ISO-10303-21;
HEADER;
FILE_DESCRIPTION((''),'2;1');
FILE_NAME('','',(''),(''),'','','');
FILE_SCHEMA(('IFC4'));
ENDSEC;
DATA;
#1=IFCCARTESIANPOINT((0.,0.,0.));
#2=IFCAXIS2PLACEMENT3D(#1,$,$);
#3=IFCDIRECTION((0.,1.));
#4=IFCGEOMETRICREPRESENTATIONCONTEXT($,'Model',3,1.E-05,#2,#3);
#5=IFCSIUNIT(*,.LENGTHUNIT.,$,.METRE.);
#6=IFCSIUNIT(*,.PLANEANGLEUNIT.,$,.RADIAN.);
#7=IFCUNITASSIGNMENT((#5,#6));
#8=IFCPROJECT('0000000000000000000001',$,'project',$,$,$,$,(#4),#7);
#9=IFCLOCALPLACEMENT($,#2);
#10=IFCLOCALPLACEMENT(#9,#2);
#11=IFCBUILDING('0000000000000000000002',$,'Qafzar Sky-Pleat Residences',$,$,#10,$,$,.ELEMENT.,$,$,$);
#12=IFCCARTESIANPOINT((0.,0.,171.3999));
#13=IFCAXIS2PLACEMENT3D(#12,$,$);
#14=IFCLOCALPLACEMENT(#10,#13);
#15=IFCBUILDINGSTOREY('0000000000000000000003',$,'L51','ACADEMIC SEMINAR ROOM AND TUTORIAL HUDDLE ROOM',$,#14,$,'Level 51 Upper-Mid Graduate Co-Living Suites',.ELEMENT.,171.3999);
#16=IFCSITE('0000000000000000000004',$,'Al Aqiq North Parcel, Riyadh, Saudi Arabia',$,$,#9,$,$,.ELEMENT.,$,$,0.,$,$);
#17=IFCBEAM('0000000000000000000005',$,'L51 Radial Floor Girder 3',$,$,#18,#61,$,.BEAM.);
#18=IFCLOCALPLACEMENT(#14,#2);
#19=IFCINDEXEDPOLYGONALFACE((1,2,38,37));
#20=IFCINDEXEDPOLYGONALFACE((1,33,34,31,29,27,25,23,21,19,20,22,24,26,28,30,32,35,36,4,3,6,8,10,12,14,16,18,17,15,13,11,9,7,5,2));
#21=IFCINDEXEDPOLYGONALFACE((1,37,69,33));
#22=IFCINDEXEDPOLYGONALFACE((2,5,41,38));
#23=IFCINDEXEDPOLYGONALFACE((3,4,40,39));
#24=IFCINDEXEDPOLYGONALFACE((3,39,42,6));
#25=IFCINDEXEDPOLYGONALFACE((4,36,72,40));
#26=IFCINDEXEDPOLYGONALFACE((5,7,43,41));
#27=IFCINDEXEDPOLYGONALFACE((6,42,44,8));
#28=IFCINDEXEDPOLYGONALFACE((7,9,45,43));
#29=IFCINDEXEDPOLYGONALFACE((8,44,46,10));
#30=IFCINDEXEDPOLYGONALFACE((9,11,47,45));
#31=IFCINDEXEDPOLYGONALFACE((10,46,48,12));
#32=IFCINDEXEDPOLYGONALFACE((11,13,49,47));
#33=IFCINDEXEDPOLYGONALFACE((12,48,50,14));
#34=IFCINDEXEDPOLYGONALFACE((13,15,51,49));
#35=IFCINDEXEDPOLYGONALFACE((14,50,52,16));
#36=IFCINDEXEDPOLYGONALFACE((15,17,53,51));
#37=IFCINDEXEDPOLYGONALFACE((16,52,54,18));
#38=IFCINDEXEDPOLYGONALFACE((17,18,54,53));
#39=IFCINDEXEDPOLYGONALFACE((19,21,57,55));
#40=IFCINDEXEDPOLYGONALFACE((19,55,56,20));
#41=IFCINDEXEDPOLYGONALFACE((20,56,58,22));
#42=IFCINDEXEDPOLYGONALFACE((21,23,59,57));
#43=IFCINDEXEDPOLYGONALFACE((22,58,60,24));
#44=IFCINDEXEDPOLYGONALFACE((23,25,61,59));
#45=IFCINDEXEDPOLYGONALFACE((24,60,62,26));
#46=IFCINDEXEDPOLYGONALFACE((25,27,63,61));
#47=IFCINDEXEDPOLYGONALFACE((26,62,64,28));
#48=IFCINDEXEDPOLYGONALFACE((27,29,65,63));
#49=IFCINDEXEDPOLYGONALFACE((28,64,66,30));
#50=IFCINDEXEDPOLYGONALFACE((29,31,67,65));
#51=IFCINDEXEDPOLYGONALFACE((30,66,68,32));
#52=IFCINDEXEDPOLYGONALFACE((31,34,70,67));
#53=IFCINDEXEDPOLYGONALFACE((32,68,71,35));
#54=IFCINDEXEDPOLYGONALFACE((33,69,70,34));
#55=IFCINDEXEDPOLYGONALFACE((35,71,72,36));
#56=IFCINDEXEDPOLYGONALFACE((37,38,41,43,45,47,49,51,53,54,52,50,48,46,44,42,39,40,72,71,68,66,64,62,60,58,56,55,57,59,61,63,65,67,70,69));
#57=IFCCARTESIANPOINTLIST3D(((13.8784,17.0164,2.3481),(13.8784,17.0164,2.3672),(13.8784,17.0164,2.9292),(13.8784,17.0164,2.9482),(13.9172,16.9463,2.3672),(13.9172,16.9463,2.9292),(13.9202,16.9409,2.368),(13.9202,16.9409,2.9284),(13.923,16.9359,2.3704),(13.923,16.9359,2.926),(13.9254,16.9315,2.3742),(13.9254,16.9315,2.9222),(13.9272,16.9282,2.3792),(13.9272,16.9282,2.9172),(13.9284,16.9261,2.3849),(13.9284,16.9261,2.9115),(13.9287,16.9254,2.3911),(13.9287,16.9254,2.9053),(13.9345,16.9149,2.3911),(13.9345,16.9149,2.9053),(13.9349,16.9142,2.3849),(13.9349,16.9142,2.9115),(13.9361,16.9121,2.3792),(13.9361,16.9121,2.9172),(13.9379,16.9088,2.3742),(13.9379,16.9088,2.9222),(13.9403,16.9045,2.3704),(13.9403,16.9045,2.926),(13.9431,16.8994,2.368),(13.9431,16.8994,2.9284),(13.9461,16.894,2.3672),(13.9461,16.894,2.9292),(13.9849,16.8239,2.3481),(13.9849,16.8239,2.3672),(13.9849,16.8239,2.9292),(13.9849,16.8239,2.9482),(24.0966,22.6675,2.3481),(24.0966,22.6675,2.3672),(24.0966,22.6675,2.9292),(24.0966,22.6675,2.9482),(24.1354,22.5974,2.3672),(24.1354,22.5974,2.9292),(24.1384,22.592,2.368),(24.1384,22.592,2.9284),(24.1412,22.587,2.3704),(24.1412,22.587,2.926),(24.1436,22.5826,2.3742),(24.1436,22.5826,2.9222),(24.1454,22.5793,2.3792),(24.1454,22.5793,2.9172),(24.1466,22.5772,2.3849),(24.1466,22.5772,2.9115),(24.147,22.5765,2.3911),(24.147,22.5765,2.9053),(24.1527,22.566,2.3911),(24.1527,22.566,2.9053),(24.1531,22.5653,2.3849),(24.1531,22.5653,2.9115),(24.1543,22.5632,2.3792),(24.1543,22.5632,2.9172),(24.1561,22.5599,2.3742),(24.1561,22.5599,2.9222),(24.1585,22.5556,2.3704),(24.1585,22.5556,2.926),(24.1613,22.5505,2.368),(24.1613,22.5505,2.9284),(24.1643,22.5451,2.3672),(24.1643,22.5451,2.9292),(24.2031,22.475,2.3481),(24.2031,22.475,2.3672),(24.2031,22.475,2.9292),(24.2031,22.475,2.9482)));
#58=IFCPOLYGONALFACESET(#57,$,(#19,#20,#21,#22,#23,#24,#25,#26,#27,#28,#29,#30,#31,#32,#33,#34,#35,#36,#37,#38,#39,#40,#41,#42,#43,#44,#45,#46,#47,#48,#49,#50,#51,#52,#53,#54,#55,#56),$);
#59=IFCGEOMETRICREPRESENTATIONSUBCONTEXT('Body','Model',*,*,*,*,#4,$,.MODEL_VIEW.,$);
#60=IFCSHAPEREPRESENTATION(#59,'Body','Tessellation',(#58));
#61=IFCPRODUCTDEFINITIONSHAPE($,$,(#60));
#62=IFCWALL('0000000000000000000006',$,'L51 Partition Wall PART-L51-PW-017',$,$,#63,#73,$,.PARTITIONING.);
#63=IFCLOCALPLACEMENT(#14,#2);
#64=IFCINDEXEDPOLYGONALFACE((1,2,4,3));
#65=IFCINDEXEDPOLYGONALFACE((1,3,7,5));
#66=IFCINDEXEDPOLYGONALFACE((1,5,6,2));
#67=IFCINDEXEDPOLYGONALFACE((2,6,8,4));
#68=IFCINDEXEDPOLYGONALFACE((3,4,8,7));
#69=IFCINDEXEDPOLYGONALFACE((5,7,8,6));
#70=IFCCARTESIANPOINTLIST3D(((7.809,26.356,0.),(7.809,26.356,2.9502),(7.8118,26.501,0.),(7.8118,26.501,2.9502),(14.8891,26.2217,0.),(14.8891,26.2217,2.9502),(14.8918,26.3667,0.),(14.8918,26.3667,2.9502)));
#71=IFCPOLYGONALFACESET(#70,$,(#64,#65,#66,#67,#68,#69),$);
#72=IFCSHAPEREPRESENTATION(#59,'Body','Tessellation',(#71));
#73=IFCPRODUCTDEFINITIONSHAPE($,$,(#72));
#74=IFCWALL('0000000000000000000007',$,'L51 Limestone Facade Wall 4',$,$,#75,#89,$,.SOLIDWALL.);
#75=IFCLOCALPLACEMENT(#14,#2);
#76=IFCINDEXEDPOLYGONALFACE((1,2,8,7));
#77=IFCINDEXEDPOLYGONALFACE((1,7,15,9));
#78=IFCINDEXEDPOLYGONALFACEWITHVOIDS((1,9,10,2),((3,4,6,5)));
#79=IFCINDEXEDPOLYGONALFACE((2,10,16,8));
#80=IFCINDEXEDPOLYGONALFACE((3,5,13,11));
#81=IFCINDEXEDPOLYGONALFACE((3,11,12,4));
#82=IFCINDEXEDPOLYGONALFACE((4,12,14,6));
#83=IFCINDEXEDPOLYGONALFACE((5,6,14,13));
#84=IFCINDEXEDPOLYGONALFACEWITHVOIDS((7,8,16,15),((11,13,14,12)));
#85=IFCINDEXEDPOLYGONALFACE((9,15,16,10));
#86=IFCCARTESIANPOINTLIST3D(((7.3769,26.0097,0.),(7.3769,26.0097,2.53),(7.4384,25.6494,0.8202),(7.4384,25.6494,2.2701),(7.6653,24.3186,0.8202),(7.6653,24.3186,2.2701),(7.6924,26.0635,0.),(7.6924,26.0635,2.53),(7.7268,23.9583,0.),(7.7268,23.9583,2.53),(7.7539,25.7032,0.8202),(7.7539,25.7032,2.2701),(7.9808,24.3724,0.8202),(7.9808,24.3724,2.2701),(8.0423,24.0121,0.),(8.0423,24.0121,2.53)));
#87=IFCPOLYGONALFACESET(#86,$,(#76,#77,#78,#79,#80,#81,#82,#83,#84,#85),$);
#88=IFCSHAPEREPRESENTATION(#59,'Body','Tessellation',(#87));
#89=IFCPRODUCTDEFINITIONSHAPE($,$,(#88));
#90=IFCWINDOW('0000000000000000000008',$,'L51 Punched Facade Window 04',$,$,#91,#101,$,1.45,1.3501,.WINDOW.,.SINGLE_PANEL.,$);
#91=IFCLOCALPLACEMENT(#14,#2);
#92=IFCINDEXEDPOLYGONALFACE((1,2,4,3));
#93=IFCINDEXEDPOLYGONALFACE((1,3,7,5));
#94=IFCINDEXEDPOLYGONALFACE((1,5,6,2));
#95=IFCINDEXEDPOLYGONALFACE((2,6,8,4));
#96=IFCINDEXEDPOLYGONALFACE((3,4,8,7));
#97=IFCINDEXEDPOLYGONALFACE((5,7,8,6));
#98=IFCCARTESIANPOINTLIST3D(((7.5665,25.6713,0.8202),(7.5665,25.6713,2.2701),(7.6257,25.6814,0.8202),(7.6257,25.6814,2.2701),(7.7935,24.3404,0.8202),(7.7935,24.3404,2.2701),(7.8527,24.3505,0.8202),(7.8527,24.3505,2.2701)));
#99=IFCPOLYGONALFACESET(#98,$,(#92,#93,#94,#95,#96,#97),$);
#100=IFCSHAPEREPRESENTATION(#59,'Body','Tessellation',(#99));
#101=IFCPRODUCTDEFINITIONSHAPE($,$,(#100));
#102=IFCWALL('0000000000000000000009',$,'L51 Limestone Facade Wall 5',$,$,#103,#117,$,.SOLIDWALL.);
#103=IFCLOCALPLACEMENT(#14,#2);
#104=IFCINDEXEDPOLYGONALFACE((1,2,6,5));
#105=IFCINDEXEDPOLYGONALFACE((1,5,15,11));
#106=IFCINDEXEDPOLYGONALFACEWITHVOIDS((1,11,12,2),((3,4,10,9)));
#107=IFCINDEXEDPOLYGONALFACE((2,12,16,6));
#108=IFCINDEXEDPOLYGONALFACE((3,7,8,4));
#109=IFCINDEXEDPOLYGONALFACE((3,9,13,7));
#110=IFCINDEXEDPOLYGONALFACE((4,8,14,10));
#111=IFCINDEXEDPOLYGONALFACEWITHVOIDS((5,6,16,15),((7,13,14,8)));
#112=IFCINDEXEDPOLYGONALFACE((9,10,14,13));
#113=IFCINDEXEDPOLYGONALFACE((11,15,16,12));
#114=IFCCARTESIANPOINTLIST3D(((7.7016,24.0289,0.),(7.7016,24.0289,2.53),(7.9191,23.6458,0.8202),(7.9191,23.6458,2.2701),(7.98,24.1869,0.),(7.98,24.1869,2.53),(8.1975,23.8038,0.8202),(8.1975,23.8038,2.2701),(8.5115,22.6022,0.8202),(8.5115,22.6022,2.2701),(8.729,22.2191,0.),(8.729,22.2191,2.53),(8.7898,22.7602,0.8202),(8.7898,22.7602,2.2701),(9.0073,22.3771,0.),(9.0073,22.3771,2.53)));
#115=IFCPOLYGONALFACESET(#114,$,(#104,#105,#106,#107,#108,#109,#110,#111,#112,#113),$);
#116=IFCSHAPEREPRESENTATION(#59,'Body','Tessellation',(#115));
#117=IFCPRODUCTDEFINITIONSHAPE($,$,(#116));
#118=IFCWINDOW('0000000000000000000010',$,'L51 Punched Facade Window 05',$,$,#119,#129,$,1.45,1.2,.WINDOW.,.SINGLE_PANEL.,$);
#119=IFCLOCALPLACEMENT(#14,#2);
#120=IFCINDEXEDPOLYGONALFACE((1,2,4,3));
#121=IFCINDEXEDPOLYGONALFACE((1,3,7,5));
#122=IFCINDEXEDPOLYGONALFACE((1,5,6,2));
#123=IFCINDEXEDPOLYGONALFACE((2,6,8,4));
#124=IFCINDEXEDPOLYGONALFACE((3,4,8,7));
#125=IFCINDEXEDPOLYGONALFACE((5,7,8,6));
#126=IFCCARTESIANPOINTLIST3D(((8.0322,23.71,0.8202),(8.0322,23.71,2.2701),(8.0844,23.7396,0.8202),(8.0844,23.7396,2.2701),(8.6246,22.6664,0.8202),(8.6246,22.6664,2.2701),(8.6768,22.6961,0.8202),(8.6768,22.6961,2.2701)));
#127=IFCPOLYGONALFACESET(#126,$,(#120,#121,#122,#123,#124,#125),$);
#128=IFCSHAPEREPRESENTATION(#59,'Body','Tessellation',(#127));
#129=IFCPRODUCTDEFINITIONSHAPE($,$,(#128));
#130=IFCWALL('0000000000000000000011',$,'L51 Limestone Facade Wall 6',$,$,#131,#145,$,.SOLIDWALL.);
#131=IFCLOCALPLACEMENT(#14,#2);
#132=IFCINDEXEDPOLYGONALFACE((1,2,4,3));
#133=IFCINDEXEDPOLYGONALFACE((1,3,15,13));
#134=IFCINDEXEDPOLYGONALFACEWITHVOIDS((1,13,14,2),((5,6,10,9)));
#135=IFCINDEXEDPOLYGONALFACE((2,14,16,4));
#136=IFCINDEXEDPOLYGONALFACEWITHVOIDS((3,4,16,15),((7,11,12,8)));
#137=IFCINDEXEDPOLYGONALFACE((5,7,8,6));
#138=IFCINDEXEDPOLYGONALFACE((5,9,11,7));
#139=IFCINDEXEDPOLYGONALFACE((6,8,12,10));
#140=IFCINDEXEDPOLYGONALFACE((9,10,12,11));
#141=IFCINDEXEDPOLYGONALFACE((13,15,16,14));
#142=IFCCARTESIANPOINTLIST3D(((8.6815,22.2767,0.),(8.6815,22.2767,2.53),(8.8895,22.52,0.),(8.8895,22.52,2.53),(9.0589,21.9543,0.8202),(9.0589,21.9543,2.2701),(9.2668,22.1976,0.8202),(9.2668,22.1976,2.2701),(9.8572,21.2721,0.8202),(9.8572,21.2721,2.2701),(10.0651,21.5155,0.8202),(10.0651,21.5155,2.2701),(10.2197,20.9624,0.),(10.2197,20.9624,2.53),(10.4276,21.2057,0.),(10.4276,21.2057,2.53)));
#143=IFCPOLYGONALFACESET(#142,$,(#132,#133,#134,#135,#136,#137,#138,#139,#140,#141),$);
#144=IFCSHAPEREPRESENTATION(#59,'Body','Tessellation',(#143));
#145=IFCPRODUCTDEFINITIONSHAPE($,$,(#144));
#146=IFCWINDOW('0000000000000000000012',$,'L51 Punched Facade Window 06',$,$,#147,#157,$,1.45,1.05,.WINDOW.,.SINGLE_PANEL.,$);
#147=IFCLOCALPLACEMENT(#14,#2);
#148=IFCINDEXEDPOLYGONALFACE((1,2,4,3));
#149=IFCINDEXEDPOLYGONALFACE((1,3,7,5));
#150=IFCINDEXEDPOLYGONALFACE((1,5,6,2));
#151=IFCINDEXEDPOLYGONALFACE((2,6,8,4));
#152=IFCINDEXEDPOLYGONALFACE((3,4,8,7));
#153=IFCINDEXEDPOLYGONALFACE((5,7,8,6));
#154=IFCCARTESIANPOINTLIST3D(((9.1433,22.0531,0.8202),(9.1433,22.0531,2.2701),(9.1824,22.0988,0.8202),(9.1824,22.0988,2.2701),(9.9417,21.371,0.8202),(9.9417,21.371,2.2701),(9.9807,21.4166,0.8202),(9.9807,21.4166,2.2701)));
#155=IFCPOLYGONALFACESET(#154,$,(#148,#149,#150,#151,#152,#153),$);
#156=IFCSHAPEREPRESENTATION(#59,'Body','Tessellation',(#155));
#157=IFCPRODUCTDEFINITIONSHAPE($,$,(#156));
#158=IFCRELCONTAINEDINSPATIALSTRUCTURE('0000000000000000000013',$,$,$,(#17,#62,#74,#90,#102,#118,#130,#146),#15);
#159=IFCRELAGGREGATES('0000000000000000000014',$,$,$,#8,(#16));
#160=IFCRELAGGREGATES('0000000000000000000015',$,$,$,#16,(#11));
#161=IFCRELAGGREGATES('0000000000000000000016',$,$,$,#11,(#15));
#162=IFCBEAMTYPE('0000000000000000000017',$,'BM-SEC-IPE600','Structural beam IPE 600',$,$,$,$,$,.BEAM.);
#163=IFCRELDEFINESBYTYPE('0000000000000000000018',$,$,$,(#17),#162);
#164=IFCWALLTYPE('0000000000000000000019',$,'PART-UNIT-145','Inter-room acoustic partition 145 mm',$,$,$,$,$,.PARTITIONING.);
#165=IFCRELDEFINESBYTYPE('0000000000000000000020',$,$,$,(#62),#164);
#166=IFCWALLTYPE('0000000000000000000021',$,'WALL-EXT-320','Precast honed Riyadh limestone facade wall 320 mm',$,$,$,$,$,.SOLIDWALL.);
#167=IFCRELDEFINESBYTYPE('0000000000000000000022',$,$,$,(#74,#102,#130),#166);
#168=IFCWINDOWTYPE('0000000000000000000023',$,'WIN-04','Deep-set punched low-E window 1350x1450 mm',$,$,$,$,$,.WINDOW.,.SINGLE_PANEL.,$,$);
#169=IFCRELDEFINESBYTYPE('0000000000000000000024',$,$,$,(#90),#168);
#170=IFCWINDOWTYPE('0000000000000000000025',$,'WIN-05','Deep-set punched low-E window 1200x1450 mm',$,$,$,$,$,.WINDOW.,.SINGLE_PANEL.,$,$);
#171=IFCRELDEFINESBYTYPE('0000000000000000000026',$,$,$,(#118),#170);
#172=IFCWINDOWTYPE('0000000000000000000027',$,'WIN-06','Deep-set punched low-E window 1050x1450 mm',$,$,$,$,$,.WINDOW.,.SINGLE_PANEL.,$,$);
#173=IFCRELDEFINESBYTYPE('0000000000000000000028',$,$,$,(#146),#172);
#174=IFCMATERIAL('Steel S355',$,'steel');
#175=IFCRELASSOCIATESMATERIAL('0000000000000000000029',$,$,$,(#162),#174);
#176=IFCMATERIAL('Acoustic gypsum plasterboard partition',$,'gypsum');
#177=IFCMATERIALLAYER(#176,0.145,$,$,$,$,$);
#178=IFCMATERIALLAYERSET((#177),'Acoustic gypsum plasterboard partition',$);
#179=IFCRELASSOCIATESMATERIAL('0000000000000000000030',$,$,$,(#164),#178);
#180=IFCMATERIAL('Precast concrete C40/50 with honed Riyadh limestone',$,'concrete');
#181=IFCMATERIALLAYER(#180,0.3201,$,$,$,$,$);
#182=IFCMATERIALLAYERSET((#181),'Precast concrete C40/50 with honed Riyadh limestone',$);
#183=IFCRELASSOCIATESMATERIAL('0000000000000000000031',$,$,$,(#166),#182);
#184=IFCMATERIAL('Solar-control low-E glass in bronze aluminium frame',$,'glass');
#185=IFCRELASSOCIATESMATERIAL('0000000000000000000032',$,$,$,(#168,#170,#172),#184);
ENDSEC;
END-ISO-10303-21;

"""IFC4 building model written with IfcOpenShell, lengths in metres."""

from ifc_helpers import new_model, si_unit, direction, frame, frame_2d, origin, origin_2d, place, context, subcontext, project, spatial, rectangle, i_section, extrude, source, transform, mapped, material, layer, layer_set, material_profile, profile_set, type_object, element, fill, save


model = new_model("IFC4")

# Units and contexts
model_context = context("Model", 3, precision=1e-05, world=origin(), true_north=direction((0.0, 1.0)))
body_context = subcontext(model_context, "Body", "Model", "MODEL_VIEW")
ifc_project = project(units=[si_unit("LENGTHUNIT", "METRE"), si_unit("PLANEANGLEUNIT", "RADIAN")], contexts=[model_context])

# Site, building, storey
site_placement = place(None, origin())
site = spatial("IfcSite", under=ifc_project, at=site_placement, Name="Al Aqiq North Parcel, Riyadh, Saudi Arabia", CompositionType="ELEMENT", RefElevation=0.0)
building_placement = place(site_placement, origin())
building = spatial("IfcBuilding", under=site, at=building_placement, Name="Qafzar Sky-Pleat Residences", CompositionType="ELEMENT")
storey_placement = place(building_placement, frame((0.0, 0.0, 171.3999)))
storey = spatial("IfcBuildingStorey", under=building, at=storey_placement, Name="L51", Description="ACADEMIC SEMINAR ROOM AND TUTORIAL HUDDLE ROOM", LongName="Level 51 Upper-Mid Graduate Co-Living Suites", CompositionType="ELEMENT", Elevation=171.3999)

# Shared definitions
ifc_material_1 = material(Name="Steel S355", Category="steel")

# Beam
ifc_material_profile_1 = material_profile(ifc_material_1, i_section(OverallWidth=0.22, OverallDepth=0.6001, WebThickness=0.012, FlangeThickness=0.019, FilletRadius=0.0239, at=origin_2d()), Name="IPE 600")
ifc_profile_set_1 = profile_set([ifc_material_profile_1], Name="Steel S355")
beam_type_1 = type_object("IfcBeamType", Name="BM-SEC-IPE600", Description="Structural beam IPE 600", PredefinedType="BEAM", material=ifc_profile_set_1)
shared_shape_1 = source(origin(), body_context, "Body", "SweptSolid", [
    extrude(i_section(OverallWidth=0.22, OverallDepth=0.6001, WebThickness=0.012, FlangeThickness=0.019, FilletRadius=0.0239, at=origin_2d()), origin(), (0.0, 0.0, 1.0), 11.6768),
])
beam_1_placement = place(storey_placement, frame((13.9316, 16.9202, 2.6482), z_axis=(0.87509, 0.483961, 0.0), x_axis=(-0.483961, 0.87509, 0.0)))
element("IfcBeam", 1, at=beam_1_placement, inside=storey, type_object=beam_type_1, Name="L51 Radial Floor Girder 3", PredefinedType="BEAM", context=body_context, shape_type="MappedRepresentation", body=[
    mapped(shared_shape_1, transform((0.0, 0.0, 0.0), x_axis=(1.0, 0.0, 0.0), y_axis=(0.0, 1.0, 0.0), z_axis=(0.0, 0.0, 1.0), scale=1.0)),
])

# Wall
ifc_material_2 = material(Name="Acoustic gypsum plasterboard partition", Category="gypsum")
ifc_layer_1 = layer(ifc_material_2, 0.145)
ifc_layer_set_1 = layer_set([ifc_layer_1], Name="Acoustic gypsum plasterboard partition")
wall_type_1 = type_object("IfcWallType", Name="PART-UNIT-145", Description="Inter-room acoustic partition 145 mm", PredefinedType="PARTITIONING", material=ifc_layer_set_1)
wall_1_placement = place(storey_placement, frame((7.8105, 26.4285, 0.0), z_axis=(0.0, 0.0, 1.0), x_axis=(0.99982, -0.018962, 0.0)))
element("IfcWall", 2, at=wall_1_placement, inside=storey, type_object=wall_type_1, Name="L51 Partition Wall PART-L51-PW-017", PredefinedType="PARTITIONING", context=body_context, shape_type="SweptSolid", body=[
    extrude(rectangle(XDim=7.0813, YDim=0.145, at=frame_2d((3.5405, 0.0))), origin(), (0.0, 0.0, 1.0), 2.9502),
])

# Walls, openings, windows
ifc_material_3 = material(Name="Precast concrete C40/50 with honed Riyadh limestone", Category="concrete")
ifc_layer_2 = layer(ifc_material_3, 0.3201)
ifc_layer_set_2 = layer_set([ifc_layer_2], Name="Precast concrete C40/50 with honed Riyadh limestone")
wall_type_2 = type_object("IfcWallType", Name="WALL-EXT-320", Description="Precast honed Riyadh limestone facade wall 320 mm", PredefinedType="SOLIDWALL", material=ifc_layer_set_2)
wall_2_placement = place(storey_placement, frame((7.5347, 26.0366, 0.0), z_axis=(0.0, 0.0, 1.0), x_axis=(0.168107, -0.985769, 0.0)))
wall_2 = element("IfcWall", 3, at=wall_2_placement, inside=storey, type_object=wall_type_2, Name="L51 Limestone Facade Wall 4", PredefinedType="SOLIDWALL", context=body_context, shape_type="SweptSolid", body=[
    extrude(rectangle(XDim=2.0811, YDim=0.3201, at=frame_2d((1.0405, 0.0))), origin(), (0.0, 0.0, 1.0), 2.53),
])
opening_1_placement = place(wall_2_placement, frame((0.3655, 0.0, 0.8201)))
opening_1 = element("IfcOpeningElement", 4, at=opening_1_placement, cuts=wall_2, PredefinedType="OPENING", context=body_context, shape_type="SweptSolid", body=[
    extrude(rectangle(XDim=1.3501, YDim=1.45, at=frame_2d((0.675, 0.7251))), frame((0.0, 0.1699, 0.0), z_axis=(0.0, -1.0, 0.0), x_axis=(1.0, 0.0, 0.0)), (0.0, 0.0, 1.0), 0.3401),
])
ifc_material_4 = material(Name="Solar-control low-E glass in bronze aluminium frame", Category="glass")
window_type_1 = type_object("IfcWindowType", Name="WIN-04", Description="Deep-set punched low-E window 1350x1450 mm", PartitioningType="SINGLE_PANEL", PredefinedType="WINDOW", material=ifc_material_4)
shared_shape_2 = source(origin(), body_context, "Body", "SweptSolid", [
    extrude(rectangle(XDim=1.3501, YDim=1.45, at=frame_2d((0.675, 0.7251))), frame((0.0, 0.03, 0.0), z_axis=(0.0, -1.0, 0.0), x_axis=(1.0, 0.0, 0.0)), (0.0, 0.0, 1.0), 0.0601),
])
window_1_placement = place(opening_1_placement, origin())
window_1 = element("IfcWindow", 5, at=window_1_placement, inside=storey, type_object=window_type_1, Name="L51 Punched Facade Window 04", OverallHeight=1.45, OverallWidth=1.3501, PartitioningType="SINGLE_PANEL", PredefinedType="WINDOW", context=body_context, shape_type="MappedRepresentation", body=[
    mapped(shared_shape_2, transform((0.0, 0.0, 0.0), x_axis=(1.0, 0.0, 0.0), y_axis=(0.0, 1.0, 0.0), z_axis=(0.0, 0.0, 1.0), scale=1.0)),
])
fill(opening_1, window_1)
wall_3_placement = place(storey_placement, frame((7.8408, 24.1079, 0.0), z_axis=(0.0, 0.0, 1.0), x_axis=(0.493661, -0.869655, 0.0)))
wall_3 = element("IfcWall", 6, at=wall_3_placement, inside=storey, type_object=wall_type_2, Name="L51 Limestone Facade Wall 5", PredefinedType="SOLIDWALL", context=body_context, shape_type="SweptSolid", body=[
    extrude(rectangle(XDim=2.0811, YDim=0.3201, at=frame_2d((1.0405, 0.0))), origin(), (0.0, 0.0, 1.0), 2.53),
])
opening_2_placement = place(wall_3_placement, frame((0.4404, 0.0, 0.8201)))
opening_2 = element("IfcOpeningElement", 7, at=opening_2_placement, cuts=wall_3, PredefinedType="OPENING", context=body_context, shape_type="SweptSolid", body=[
    extrude(rectangle(XDim=1.2, YDim=1.45, at=frame_2d((0.6001, 0.7251))), frame((0.0, 0.1699, 0.0), z_axis=(0.0, -1.0, 0.0), x_axis=(1.0, 0.0, 0.0)), (0.0, 0.0, 1.0), 0.3401),
])
window_type_2 = type_object("IfcWindowType", Name="WIN-05", Description="Deep-set punched low-E window 1200x1450 mm", PartitioningType="SINGLE_PANEL", PredefinedType="WINDOW", material=ifc_material_4)
shared_shape_3 = source(origin(), body_context, "Body", "SweptSolid", [
    extrude(rectangle(XDim=1.2, YDim=1.45, at=frame_2d((0.6001, 0.7251))), frame((0.0, 0.03, 0.0), z_axis=(0.0, -1.0, 0.0), x_axis=(1.0, 0.0, 0.0)), (0.0, 0.0, 1.0), 0.0601),
])
window_2_placement = place(opening_2_placement, origin())
window_2 = element("IfcWindow", 8, at=window_2_placement, inside=storey, type_object=window_type_2, Name="L51 Punched Facade Window 05", OverallHeight=1.45, OverallWidth=1.2, PartitioningType="SINGLE_PANEL", PredefinedType="WINDOW", context=body_context, shape_type="MappedRepresentation", body=[
    mapped(shared_shape_3, transform((0.0, 0.0, 0.0), x_axis=(1.0, 0.0, 0.0), y_axis=(0.0, 1.0, 0.0), z_axis=(0.0, 0.0, 1.0), scale=1.0)),
])
fill(opening_2, window_2)
wall_4_placement = place(storey_placement, frame((8.7854, 22.3984, 0.0), z_axis=(0.0, 0.0, 1.0), x_axis=(0.760269, -0.649608, 0.0)))
wall_4 = element("IfcWall", 9, at=wall_4_placement, inside=storey, type_object=wall_type_2, Name="L51 Limestone Facade Wall 6", PredefinedType="SOLIDWALL", context=body_context, shape_type="SweptSolid", body=[
    extrude(rectangle(XDim=2.0232, YDim=0.3201, at=frame_2d((1.0117, 0.0))), origin(), (0.0, 0.0, 1.0), 2.53),
])
opening_3_placement = place(wall_4_placement, frame((0.4966, 0.0, 0.8201)))
opening_3 = element("IfcOpeningElement", 10, at=opening_3_placement, cuts=wall_4, PredefinedType="OPENING", context=body_context, shape_type="SweptSolid", body=[
    extrude(rectangle(XDim=1.05, YDim=1.45, at=frame_2d((0.5249, 0.7251))), frame((0.0, 0.1699, 0.0), z_axis=(0.0, -1.0, 0.0), x_axis=(1.0, 0.0, 0.0)), (0.0, 0.0, 1.0), 0.3401),
])
window_type_3 = type_object("IfcWindowType", Name="WIN-06", Description="Deep-set punched low-E window 1050x1450 mm", PartitioningType="SINGLE_PANEL", PredefinedType="WINDOW", material=ifc_material_4)
shared_shape_4 = source(origin(), body_context, "Body", "SweptSolid", [
    extrude(rectangle(XDim=1.05, YDim=1.45, at=frame_2d((0.5249, 0.7251))), frame((0.0, 0.03, 0.0), z_axis=(0.0, -1.0, 0.0), x_axis=(1.0, 0.0, 0.0)), (0.0, 0.0, 1.0), 0.0601),
])
window_3_placement = place(opening_3_placement, origin())
window_3 = element("IfcWindow", 11, at=window_3_placement, inside=storey, type_object=window_type_3, Name="L51 Punched Facade Window 06", OverallHeight=1.45, OverallWidth=1.05, PartitioningType="SINGLE_PANEL", PredefinedType="WINDOW", context=body_context, shape_type="MappedRepresentation", body=[
    mapped(shared_shape_4, transform((0.0, 0.0, 0.0), x_axis=(1.0, 0.0, 0.0), y_axis=(0.0, 1.0, 0.0), z_axis=(0.0, 0.0, 1.0), scale=1.0)),
])
fill(opening_3, window_3)

save(model, "model.ifc")
